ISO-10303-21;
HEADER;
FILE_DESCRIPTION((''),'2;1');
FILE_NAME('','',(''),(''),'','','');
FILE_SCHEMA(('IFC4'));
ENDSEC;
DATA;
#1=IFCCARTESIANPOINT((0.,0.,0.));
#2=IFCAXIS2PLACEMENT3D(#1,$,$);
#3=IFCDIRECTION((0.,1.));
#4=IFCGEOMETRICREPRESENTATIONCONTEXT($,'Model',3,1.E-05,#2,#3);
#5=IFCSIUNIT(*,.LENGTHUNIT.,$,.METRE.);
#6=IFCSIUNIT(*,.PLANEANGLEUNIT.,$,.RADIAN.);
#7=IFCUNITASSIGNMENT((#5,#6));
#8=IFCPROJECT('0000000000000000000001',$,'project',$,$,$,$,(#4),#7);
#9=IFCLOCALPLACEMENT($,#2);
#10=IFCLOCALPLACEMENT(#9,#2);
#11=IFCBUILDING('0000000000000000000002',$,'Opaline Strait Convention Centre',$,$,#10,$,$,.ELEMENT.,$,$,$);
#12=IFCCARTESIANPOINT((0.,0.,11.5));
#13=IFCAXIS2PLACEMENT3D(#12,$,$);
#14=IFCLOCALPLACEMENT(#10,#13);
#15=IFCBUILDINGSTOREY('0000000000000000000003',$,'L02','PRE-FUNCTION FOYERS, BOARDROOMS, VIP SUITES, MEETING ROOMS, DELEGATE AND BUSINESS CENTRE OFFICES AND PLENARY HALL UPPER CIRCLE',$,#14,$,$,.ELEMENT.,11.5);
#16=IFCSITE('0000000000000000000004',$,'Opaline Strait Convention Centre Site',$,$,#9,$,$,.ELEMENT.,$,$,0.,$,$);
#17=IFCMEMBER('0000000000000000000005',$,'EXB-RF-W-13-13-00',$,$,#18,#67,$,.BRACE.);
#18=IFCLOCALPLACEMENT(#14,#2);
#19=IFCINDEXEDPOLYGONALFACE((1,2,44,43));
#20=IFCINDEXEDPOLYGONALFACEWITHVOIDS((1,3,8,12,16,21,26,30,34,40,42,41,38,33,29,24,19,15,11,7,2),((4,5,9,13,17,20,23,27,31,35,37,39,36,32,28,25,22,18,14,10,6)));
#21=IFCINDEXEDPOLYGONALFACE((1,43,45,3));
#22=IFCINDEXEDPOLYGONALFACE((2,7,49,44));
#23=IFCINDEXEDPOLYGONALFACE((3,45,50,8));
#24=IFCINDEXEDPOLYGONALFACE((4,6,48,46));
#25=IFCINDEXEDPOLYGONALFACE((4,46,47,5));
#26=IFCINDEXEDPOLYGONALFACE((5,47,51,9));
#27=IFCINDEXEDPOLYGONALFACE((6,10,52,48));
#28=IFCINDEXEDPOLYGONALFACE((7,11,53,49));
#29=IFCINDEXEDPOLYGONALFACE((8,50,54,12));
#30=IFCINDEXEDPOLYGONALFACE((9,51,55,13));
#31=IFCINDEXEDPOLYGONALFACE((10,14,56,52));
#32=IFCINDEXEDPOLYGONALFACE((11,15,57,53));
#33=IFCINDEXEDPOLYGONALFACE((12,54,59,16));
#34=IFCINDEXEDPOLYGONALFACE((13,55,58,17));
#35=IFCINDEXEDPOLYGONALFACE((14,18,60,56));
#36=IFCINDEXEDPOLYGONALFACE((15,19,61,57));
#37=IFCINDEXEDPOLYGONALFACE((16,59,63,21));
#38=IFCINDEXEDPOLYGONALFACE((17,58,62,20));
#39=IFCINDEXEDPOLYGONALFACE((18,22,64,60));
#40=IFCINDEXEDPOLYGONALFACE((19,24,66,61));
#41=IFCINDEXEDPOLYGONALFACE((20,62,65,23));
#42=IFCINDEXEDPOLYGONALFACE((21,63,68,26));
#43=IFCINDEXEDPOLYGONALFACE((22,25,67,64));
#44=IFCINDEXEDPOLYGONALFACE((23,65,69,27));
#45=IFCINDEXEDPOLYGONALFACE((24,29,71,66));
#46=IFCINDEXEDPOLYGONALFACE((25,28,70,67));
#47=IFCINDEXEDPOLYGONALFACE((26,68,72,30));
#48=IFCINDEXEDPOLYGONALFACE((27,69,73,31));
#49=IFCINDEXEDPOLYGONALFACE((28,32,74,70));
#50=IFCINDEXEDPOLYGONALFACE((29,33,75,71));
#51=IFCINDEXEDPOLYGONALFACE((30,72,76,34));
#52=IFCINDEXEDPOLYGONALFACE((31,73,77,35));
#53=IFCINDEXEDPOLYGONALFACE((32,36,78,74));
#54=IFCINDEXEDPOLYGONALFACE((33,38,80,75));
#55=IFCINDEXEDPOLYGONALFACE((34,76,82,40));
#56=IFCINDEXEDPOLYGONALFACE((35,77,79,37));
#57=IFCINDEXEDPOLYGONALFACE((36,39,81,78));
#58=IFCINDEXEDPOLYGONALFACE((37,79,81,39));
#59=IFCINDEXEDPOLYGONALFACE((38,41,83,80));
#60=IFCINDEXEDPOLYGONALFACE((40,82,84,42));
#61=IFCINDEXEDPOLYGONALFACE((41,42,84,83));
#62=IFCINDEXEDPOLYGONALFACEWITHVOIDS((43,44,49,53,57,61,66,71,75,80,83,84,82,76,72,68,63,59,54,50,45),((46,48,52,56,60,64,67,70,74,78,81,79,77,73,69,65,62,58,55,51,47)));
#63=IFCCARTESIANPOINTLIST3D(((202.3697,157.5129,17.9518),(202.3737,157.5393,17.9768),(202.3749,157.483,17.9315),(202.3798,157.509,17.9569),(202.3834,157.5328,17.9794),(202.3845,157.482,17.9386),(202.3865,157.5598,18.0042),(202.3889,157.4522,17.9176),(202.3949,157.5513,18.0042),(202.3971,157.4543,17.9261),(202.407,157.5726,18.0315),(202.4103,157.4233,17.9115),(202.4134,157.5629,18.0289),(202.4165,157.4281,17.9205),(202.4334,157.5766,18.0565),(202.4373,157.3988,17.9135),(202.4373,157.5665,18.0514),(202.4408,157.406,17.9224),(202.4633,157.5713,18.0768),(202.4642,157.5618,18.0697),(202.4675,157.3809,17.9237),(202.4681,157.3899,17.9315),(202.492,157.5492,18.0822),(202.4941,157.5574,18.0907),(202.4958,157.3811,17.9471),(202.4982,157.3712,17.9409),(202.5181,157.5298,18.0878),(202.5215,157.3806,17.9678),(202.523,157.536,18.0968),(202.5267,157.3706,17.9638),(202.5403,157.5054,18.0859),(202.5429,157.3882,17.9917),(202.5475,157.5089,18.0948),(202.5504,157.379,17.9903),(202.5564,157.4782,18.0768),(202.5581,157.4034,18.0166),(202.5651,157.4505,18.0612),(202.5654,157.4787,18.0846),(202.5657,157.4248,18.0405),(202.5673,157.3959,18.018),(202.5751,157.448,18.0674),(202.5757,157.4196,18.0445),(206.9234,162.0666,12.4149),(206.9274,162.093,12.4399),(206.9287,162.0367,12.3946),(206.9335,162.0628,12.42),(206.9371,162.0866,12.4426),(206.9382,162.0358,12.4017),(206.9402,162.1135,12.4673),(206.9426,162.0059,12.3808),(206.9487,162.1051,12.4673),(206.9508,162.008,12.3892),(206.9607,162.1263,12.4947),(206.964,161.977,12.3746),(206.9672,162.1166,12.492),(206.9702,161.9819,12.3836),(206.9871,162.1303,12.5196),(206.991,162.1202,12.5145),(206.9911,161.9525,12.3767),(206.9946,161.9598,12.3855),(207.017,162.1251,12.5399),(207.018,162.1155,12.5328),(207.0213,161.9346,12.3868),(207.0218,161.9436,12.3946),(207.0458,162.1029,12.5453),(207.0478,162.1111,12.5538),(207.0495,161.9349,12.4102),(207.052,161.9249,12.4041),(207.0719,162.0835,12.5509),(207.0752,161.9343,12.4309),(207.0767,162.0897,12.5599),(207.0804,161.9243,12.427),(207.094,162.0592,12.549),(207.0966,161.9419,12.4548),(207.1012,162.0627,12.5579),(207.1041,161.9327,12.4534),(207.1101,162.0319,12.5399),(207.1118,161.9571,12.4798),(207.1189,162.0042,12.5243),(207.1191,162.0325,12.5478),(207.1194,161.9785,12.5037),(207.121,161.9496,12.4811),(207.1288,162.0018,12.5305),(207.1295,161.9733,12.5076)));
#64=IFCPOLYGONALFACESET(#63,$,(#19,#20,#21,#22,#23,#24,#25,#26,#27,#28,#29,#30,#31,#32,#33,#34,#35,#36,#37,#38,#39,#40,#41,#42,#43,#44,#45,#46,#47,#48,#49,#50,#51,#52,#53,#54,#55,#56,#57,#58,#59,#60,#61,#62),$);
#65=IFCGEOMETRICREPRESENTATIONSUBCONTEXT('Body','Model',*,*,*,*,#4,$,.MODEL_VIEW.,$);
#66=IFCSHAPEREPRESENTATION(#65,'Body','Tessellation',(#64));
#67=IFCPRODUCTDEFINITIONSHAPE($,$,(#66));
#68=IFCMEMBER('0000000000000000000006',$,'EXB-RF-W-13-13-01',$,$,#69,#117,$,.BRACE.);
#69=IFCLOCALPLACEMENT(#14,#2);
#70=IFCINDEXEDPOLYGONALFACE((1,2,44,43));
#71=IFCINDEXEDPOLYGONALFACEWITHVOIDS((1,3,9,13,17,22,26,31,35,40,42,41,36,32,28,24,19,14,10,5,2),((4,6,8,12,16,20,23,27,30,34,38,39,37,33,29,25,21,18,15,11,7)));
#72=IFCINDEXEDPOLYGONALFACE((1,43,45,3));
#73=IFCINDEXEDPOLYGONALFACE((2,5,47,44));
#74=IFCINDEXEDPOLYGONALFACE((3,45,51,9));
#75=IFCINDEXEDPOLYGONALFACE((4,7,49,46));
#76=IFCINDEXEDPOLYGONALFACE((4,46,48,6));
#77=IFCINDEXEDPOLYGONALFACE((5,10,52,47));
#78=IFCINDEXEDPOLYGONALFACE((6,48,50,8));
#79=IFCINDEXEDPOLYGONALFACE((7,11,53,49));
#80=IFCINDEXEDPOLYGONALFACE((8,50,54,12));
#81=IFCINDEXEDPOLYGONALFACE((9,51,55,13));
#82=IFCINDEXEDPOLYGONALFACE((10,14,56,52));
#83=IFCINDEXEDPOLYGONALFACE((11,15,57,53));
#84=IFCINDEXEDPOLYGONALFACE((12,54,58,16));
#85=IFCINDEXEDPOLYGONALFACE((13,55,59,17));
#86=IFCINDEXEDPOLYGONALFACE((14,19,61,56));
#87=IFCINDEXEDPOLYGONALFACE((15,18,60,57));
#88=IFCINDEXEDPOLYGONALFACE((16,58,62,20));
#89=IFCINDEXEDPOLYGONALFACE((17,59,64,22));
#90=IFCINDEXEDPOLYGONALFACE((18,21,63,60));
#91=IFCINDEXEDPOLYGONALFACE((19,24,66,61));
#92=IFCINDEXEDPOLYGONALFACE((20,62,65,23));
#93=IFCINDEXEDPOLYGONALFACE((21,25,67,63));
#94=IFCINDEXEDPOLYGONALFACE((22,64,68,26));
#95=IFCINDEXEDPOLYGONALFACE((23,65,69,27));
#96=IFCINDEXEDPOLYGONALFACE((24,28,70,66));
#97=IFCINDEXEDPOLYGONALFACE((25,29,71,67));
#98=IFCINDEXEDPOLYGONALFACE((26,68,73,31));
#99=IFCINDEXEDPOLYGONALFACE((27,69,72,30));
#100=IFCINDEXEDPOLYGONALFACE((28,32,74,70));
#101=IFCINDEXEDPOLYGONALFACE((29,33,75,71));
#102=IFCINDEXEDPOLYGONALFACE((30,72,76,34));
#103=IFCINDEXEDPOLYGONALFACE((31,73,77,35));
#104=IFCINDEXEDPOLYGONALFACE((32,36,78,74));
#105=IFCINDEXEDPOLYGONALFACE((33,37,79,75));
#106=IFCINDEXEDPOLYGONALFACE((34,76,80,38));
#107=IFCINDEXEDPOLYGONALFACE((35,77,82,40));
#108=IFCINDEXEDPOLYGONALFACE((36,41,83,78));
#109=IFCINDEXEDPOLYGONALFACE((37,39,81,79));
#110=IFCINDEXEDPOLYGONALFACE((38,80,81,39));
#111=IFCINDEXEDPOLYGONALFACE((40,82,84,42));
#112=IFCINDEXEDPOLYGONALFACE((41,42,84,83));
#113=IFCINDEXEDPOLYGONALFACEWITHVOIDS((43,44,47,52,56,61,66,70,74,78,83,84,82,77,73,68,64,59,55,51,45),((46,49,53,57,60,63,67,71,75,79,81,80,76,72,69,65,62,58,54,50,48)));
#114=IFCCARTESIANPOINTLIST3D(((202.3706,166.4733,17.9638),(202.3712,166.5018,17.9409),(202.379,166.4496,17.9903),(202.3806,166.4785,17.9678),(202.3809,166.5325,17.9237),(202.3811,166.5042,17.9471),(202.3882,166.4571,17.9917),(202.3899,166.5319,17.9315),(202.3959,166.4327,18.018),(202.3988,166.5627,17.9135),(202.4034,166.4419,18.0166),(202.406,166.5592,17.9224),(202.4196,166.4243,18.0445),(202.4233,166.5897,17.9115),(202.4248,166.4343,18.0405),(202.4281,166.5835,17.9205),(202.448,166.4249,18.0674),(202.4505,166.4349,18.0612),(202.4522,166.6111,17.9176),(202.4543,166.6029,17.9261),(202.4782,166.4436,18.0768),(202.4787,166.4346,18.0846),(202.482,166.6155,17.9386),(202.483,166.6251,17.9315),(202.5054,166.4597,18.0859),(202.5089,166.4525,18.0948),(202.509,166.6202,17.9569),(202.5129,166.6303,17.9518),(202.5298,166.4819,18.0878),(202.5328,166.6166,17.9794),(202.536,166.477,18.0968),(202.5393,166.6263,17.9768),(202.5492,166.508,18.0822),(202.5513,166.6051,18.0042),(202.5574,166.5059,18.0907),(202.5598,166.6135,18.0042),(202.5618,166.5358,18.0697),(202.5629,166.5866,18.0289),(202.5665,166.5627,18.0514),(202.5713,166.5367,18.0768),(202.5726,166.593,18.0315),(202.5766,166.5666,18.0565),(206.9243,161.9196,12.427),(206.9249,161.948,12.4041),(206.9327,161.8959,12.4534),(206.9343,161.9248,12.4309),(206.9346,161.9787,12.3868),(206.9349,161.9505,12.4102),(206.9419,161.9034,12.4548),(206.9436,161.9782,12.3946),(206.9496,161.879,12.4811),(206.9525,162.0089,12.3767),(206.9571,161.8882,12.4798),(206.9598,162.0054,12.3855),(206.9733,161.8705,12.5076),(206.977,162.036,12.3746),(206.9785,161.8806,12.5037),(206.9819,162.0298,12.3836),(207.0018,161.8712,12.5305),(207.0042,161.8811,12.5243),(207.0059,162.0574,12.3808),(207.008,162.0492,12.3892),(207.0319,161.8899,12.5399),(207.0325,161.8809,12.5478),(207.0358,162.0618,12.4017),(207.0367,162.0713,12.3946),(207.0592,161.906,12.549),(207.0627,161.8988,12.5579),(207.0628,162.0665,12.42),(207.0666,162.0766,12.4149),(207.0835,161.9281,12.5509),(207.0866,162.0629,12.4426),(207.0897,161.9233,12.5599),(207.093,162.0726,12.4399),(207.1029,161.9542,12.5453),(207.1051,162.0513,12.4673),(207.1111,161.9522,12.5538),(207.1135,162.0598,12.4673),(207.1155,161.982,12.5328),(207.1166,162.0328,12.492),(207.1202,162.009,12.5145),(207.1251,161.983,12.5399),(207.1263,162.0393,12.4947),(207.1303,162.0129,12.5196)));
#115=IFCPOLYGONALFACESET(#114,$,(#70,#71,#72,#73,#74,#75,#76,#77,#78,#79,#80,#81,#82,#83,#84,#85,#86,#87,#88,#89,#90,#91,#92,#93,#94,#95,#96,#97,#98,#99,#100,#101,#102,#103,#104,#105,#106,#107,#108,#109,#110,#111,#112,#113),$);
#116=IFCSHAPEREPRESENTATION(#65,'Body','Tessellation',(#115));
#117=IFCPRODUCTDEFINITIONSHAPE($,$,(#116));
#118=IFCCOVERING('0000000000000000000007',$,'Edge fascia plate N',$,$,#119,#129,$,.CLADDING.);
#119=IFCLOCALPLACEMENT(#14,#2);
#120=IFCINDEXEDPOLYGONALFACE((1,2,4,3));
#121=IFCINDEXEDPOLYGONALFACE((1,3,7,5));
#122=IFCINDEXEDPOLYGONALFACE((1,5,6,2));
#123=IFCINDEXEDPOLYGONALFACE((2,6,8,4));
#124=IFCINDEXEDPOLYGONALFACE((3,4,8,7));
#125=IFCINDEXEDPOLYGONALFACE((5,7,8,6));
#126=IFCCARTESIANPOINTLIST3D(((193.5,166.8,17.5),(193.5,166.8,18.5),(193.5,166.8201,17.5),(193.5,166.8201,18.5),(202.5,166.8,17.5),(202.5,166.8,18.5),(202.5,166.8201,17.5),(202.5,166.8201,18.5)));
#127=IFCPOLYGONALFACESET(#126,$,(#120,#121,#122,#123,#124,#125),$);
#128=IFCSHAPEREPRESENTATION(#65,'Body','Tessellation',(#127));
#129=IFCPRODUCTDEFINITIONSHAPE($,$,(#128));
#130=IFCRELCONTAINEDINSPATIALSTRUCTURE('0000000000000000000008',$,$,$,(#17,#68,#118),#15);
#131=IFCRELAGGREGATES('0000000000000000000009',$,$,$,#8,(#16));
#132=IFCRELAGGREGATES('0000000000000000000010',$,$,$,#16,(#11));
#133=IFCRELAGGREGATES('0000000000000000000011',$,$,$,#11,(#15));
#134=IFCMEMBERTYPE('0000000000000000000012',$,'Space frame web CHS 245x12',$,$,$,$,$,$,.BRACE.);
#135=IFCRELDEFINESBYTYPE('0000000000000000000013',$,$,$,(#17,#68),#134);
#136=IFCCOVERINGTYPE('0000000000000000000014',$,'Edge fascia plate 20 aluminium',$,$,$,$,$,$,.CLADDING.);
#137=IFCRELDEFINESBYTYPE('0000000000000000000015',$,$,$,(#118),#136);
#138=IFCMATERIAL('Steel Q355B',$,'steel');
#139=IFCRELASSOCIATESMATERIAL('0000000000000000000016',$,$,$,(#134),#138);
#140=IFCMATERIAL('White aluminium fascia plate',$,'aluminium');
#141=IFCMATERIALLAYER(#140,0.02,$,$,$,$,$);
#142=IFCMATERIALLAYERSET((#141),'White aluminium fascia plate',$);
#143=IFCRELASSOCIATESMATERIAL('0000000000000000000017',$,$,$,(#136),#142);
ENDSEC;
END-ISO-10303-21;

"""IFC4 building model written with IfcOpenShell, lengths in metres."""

from ifc_helpers import new_model, si_unit, direction, frame, origin, origin_2d, place, context, subcontext, project, spatial, polyline, hollow_circle, outline, extrude, material, layer, layer_set, material_profile, profile_set, type_object, element, save


model = new_model("IFC4")

# Units and contexts
model_context = context("Model", 3, precision=1e-05, world=origin(), true_north=direction((0.0, 1.0)))
body_context = subcontext(model_context, "Body", "Model", "MODEL_VIEW")
ifc_project = project(units=[si_unit("LENGTHUNIT", "METRE"), si_unit("PLANEANGLEUNIT", "RADIAN")], contexts=[model_context])

# Site, building, storey
site_placement = place(None, origin())
site = spatial("IfcSite", under=ifc_project, at=site_placement, Name="Opaline Strait Convention Centre Site", CompositionType="ELEMENT", RefElevation=0.0)
building_placement = place(site_placement, origin())
building = spatial("IfcBuilding", under=site, at=building_placement, Name="Opaline Strait Convention Centre", CompositionType="ELEMENT")
storey_placement = place(building_placement, frame((0.0, 0.0, 11.5)))
storey = spatial("IfcBuildingStorey", under=building, at=storey_placement, Name="L02", Description="PRE-FUNCTION FOYERS, BOARDROOMS, VIP SUITES, MEETING ROOMS, DELEGATE AND BUSINESS CENTRE OFFICES AND PLENARY HALL UPPER CIRCLE", CompositionType="ELEMENT", Elevation=11.5)

# Members
ifc_material_1 = material(Name="Steel Q355B", Category="steel")
ifc_material_profile_1 = material_profile(ifc_material_1, hollow_circle(Radius=0.1226, WallThickness=0.012, at=origin_2d()), Name="CHS 245x12")
ifc_profile_set_1 = profile_set([ifc_material_profile_1], Name="Steel Q355B")
member_type_1 = type_object("IfcMemberType", Name="Space frame web CHS 245x12", PredefinedType="BRACE", material=ifc_profile_set_1)
for number, where, z_axis, x_axis, name in (
    (1, (202.4731, 157.4731, 18.0042), (0.536178, 0.536178, -0.65194), (-0.707107, 0.707107, 0.0), "EXB-RF-W-13-13-00"),
    (2, (202.4731, 166.5269, 18.0042), (0.536178, -0.536178, -0.65194), (0.707107, 0.707107, 0.0), "EXB-RF-W-13-13-01"),
):
    element("IfcMember", number, at=place(storey_placement, frame(where, z_axis=z_axis, x_axis=x_axis)), inside=storey, type_object=member_type_1, Name=name, PredefinedType="BRACE", context=body_context, shape_type="SweptSolid", body=[
        extrude(hollow_circle(Radius=0.1226, WallThickness=0.012, at=origin_2d()), origin(), (0.0, 0.0, 1.0), 8.4929),
    ])

# Covering
ifc_material_2 = material(Name="White aluminium fascia plate", Category="aluminium")
ifc_layer = layer(ifc_material_2, 0.02)
ifc_layer_set = layer_set([ifc_layer], Name="White aluminium fascia plate")
covering_type = type_object("IfcCoveringType", Name="Edge fascia plate 20 aluminium", PredefinedType="CLADDING", material=ifc_layer_set)
covering_placement = place(storey_placement, frame((198.0, 166.8, 18.0), z_axis=(0.0, 1.0, 0.0), x_axis=(-1.0, 0.0, 0.0)))
element("IfcCovering", 3, at=covering_placement, inside=storey, type_object=covering_type, Name="Edge fascia plate N", PredefinedType="CLADDING", context=body_context, shape_type="SweptSolid", body=[
    extrude(outline(polyline([(-4.5, 0.5), (4.5, 0.5), (4.5, -0.5), (-4.5, -0.5), (-4.5, 0.5)])), origin(), (0.0, 0.0, 1.0), 0.02),
])

save(model, "model.ifc")
